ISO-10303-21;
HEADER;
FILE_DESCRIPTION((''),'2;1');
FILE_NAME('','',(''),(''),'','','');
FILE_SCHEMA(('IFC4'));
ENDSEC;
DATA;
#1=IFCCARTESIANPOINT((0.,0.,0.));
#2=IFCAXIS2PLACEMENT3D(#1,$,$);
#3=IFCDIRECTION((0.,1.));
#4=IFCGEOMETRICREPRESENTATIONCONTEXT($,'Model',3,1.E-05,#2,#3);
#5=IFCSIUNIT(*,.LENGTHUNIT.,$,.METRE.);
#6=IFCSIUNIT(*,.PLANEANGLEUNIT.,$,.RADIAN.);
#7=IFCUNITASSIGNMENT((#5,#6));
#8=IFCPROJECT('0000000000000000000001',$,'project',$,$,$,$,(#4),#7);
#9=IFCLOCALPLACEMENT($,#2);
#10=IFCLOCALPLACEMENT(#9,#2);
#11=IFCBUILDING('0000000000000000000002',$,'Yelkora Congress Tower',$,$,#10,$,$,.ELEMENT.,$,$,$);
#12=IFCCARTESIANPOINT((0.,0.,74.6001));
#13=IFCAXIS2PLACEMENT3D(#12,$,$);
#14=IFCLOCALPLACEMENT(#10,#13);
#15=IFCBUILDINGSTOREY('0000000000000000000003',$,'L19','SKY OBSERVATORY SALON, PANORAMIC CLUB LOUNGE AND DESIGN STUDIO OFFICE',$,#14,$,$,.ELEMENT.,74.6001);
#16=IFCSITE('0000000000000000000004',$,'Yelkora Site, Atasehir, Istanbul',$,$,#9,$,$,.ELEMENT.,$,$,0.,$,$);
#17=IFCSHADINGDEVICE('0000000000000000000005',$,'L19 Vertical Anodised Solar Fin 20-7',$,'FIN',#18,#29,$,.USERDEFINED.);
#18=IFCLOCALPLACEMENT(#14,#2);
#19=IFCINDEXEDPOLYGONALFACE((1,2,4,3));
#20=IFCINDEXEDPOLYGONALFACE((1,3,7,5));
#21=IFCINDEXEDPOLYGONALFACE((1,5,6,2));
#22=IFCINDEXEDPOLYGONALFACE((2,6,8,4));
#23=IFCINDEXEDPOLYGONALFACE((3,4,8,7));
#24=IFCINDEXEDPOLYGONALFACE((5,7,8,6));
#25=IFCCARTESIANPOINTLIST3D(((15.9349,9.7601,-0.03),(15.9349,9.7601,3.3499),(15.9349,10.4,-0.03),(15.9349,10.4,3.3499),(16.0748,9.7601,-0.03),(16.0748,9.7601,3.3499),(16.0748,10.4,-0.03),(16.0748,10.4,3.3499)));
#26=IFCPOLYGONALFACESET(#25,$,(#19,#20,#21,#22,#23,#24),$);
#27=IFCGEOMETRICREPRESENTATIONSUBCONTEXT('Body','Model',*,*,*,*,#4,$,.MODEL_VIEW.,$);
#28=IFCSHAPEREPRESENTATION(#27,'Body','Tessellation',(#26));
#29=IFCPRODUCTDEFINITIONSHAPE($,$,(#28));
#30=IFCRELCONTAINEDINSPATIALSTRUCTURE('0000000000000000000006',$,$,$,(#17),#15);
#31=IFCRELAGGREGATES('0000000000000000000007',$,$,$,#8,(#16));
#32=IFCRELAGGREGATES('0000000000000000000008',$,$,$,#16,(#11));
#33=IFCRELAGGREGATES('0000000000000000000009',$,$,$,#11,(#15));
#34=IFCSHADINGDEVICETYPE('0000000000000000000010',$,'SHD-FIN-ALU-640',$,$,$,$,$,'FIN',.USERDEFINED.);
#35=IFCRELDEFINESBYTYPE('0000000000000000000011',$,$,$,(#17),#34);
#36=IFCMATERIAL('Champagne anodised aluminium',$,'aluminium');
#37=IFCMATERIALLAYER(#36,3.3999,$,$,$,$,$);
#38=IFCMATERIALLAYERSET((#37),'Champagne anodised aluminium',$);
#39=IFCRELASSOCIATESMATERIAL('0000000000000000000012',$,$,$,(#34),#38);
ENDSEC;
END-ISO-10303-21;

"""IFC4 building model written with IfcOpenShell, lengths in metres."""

from ifc_helpers import new_model, si_unit, direction, frame, origin, origin_2d, place, context, subcontext, project, spatial, rectangle, extrude, material, layer, layer_set, type_object, element, save


model = new_model("IFC4")

# Units and contexts
model_context = context("Model", 3, precision=1e-05, world=origin(), true_north=direction((0.0, 1.0)))
body_context = subcontext(model_context, "Body", "Model", "MODEL_VIEW")
ifc_project = project(units=[si_unit("LENGTHUNIT", "METRE"), si_unit("PLANEANGLEUNIT", "RADIAN")], contexts=[model_context])

# Site, building, storey
site_placement = place(None, origin())
site = spatial("IfcSite", under=ifc_project, at=site_placement, Name="Yelkora Site, Atasehir, Istanbul", CompositionType="ELEMENT", RefElevation=0.0)
building_placement = place(site_placement, origin())
building = spatial("IfcBuilding", under=site, at=building_placement, Name="Yelkora Congress Tower", CompositionType="ELEMENT")
storey_placement = place(building_placement, frame((0.0, 0.0, 74.6001)))
storey = spatial("IfcBuildingStorey", under=building, at=storey_placement, Name="L19", Description="SKY OBSERVATORY SALON, PANORAMIC CLUB LOUNGE AND DESIGN STUDIO OFFICE", CompositionType="ELEMENT", Elevation=74.6001)

# Shading device
ifc_material_1 = material(Name="Champagne anodised aluminium", Category="aluminium")
ifc_layer_1 = layer(ifc_material_1, 3.3999)
ifc_layer_set_1 = layer_set([ifc_layer_1], Name="Champagne anodised aluminium")
shading_device_type = type_object("IfcShadingDeviceType", Name="SHD-FIN-ALU-640", ElementType="FIN", PredefinedType="USERDEFINED", material=ifc_layer_set_1)
shading_device_placement = place(storey_placement, frame((16.0049, 10.0801, -0.03), z_axis=(0.0, 0.0, 1.0), x_axis=(-1.0, 0.0, 0.0)))
element("IfcShadingDevice", 1, at=shading_device_placement, inside=storey, type_object=shading_device_type, Name="L19 Vertical Anodised Solar Fin 20-7", ObjectType="FIN", PredefinedType="USERDEFINED", context=body_context, shape_type="SweptSolid", body=[
    extrude(rectangle(XDim=0.1399, YDim=0.6399, at=origin_2d()), origin(), (0.0, 0.0, 1.0), 3.3799),
])

save(model, "model.ifc")
